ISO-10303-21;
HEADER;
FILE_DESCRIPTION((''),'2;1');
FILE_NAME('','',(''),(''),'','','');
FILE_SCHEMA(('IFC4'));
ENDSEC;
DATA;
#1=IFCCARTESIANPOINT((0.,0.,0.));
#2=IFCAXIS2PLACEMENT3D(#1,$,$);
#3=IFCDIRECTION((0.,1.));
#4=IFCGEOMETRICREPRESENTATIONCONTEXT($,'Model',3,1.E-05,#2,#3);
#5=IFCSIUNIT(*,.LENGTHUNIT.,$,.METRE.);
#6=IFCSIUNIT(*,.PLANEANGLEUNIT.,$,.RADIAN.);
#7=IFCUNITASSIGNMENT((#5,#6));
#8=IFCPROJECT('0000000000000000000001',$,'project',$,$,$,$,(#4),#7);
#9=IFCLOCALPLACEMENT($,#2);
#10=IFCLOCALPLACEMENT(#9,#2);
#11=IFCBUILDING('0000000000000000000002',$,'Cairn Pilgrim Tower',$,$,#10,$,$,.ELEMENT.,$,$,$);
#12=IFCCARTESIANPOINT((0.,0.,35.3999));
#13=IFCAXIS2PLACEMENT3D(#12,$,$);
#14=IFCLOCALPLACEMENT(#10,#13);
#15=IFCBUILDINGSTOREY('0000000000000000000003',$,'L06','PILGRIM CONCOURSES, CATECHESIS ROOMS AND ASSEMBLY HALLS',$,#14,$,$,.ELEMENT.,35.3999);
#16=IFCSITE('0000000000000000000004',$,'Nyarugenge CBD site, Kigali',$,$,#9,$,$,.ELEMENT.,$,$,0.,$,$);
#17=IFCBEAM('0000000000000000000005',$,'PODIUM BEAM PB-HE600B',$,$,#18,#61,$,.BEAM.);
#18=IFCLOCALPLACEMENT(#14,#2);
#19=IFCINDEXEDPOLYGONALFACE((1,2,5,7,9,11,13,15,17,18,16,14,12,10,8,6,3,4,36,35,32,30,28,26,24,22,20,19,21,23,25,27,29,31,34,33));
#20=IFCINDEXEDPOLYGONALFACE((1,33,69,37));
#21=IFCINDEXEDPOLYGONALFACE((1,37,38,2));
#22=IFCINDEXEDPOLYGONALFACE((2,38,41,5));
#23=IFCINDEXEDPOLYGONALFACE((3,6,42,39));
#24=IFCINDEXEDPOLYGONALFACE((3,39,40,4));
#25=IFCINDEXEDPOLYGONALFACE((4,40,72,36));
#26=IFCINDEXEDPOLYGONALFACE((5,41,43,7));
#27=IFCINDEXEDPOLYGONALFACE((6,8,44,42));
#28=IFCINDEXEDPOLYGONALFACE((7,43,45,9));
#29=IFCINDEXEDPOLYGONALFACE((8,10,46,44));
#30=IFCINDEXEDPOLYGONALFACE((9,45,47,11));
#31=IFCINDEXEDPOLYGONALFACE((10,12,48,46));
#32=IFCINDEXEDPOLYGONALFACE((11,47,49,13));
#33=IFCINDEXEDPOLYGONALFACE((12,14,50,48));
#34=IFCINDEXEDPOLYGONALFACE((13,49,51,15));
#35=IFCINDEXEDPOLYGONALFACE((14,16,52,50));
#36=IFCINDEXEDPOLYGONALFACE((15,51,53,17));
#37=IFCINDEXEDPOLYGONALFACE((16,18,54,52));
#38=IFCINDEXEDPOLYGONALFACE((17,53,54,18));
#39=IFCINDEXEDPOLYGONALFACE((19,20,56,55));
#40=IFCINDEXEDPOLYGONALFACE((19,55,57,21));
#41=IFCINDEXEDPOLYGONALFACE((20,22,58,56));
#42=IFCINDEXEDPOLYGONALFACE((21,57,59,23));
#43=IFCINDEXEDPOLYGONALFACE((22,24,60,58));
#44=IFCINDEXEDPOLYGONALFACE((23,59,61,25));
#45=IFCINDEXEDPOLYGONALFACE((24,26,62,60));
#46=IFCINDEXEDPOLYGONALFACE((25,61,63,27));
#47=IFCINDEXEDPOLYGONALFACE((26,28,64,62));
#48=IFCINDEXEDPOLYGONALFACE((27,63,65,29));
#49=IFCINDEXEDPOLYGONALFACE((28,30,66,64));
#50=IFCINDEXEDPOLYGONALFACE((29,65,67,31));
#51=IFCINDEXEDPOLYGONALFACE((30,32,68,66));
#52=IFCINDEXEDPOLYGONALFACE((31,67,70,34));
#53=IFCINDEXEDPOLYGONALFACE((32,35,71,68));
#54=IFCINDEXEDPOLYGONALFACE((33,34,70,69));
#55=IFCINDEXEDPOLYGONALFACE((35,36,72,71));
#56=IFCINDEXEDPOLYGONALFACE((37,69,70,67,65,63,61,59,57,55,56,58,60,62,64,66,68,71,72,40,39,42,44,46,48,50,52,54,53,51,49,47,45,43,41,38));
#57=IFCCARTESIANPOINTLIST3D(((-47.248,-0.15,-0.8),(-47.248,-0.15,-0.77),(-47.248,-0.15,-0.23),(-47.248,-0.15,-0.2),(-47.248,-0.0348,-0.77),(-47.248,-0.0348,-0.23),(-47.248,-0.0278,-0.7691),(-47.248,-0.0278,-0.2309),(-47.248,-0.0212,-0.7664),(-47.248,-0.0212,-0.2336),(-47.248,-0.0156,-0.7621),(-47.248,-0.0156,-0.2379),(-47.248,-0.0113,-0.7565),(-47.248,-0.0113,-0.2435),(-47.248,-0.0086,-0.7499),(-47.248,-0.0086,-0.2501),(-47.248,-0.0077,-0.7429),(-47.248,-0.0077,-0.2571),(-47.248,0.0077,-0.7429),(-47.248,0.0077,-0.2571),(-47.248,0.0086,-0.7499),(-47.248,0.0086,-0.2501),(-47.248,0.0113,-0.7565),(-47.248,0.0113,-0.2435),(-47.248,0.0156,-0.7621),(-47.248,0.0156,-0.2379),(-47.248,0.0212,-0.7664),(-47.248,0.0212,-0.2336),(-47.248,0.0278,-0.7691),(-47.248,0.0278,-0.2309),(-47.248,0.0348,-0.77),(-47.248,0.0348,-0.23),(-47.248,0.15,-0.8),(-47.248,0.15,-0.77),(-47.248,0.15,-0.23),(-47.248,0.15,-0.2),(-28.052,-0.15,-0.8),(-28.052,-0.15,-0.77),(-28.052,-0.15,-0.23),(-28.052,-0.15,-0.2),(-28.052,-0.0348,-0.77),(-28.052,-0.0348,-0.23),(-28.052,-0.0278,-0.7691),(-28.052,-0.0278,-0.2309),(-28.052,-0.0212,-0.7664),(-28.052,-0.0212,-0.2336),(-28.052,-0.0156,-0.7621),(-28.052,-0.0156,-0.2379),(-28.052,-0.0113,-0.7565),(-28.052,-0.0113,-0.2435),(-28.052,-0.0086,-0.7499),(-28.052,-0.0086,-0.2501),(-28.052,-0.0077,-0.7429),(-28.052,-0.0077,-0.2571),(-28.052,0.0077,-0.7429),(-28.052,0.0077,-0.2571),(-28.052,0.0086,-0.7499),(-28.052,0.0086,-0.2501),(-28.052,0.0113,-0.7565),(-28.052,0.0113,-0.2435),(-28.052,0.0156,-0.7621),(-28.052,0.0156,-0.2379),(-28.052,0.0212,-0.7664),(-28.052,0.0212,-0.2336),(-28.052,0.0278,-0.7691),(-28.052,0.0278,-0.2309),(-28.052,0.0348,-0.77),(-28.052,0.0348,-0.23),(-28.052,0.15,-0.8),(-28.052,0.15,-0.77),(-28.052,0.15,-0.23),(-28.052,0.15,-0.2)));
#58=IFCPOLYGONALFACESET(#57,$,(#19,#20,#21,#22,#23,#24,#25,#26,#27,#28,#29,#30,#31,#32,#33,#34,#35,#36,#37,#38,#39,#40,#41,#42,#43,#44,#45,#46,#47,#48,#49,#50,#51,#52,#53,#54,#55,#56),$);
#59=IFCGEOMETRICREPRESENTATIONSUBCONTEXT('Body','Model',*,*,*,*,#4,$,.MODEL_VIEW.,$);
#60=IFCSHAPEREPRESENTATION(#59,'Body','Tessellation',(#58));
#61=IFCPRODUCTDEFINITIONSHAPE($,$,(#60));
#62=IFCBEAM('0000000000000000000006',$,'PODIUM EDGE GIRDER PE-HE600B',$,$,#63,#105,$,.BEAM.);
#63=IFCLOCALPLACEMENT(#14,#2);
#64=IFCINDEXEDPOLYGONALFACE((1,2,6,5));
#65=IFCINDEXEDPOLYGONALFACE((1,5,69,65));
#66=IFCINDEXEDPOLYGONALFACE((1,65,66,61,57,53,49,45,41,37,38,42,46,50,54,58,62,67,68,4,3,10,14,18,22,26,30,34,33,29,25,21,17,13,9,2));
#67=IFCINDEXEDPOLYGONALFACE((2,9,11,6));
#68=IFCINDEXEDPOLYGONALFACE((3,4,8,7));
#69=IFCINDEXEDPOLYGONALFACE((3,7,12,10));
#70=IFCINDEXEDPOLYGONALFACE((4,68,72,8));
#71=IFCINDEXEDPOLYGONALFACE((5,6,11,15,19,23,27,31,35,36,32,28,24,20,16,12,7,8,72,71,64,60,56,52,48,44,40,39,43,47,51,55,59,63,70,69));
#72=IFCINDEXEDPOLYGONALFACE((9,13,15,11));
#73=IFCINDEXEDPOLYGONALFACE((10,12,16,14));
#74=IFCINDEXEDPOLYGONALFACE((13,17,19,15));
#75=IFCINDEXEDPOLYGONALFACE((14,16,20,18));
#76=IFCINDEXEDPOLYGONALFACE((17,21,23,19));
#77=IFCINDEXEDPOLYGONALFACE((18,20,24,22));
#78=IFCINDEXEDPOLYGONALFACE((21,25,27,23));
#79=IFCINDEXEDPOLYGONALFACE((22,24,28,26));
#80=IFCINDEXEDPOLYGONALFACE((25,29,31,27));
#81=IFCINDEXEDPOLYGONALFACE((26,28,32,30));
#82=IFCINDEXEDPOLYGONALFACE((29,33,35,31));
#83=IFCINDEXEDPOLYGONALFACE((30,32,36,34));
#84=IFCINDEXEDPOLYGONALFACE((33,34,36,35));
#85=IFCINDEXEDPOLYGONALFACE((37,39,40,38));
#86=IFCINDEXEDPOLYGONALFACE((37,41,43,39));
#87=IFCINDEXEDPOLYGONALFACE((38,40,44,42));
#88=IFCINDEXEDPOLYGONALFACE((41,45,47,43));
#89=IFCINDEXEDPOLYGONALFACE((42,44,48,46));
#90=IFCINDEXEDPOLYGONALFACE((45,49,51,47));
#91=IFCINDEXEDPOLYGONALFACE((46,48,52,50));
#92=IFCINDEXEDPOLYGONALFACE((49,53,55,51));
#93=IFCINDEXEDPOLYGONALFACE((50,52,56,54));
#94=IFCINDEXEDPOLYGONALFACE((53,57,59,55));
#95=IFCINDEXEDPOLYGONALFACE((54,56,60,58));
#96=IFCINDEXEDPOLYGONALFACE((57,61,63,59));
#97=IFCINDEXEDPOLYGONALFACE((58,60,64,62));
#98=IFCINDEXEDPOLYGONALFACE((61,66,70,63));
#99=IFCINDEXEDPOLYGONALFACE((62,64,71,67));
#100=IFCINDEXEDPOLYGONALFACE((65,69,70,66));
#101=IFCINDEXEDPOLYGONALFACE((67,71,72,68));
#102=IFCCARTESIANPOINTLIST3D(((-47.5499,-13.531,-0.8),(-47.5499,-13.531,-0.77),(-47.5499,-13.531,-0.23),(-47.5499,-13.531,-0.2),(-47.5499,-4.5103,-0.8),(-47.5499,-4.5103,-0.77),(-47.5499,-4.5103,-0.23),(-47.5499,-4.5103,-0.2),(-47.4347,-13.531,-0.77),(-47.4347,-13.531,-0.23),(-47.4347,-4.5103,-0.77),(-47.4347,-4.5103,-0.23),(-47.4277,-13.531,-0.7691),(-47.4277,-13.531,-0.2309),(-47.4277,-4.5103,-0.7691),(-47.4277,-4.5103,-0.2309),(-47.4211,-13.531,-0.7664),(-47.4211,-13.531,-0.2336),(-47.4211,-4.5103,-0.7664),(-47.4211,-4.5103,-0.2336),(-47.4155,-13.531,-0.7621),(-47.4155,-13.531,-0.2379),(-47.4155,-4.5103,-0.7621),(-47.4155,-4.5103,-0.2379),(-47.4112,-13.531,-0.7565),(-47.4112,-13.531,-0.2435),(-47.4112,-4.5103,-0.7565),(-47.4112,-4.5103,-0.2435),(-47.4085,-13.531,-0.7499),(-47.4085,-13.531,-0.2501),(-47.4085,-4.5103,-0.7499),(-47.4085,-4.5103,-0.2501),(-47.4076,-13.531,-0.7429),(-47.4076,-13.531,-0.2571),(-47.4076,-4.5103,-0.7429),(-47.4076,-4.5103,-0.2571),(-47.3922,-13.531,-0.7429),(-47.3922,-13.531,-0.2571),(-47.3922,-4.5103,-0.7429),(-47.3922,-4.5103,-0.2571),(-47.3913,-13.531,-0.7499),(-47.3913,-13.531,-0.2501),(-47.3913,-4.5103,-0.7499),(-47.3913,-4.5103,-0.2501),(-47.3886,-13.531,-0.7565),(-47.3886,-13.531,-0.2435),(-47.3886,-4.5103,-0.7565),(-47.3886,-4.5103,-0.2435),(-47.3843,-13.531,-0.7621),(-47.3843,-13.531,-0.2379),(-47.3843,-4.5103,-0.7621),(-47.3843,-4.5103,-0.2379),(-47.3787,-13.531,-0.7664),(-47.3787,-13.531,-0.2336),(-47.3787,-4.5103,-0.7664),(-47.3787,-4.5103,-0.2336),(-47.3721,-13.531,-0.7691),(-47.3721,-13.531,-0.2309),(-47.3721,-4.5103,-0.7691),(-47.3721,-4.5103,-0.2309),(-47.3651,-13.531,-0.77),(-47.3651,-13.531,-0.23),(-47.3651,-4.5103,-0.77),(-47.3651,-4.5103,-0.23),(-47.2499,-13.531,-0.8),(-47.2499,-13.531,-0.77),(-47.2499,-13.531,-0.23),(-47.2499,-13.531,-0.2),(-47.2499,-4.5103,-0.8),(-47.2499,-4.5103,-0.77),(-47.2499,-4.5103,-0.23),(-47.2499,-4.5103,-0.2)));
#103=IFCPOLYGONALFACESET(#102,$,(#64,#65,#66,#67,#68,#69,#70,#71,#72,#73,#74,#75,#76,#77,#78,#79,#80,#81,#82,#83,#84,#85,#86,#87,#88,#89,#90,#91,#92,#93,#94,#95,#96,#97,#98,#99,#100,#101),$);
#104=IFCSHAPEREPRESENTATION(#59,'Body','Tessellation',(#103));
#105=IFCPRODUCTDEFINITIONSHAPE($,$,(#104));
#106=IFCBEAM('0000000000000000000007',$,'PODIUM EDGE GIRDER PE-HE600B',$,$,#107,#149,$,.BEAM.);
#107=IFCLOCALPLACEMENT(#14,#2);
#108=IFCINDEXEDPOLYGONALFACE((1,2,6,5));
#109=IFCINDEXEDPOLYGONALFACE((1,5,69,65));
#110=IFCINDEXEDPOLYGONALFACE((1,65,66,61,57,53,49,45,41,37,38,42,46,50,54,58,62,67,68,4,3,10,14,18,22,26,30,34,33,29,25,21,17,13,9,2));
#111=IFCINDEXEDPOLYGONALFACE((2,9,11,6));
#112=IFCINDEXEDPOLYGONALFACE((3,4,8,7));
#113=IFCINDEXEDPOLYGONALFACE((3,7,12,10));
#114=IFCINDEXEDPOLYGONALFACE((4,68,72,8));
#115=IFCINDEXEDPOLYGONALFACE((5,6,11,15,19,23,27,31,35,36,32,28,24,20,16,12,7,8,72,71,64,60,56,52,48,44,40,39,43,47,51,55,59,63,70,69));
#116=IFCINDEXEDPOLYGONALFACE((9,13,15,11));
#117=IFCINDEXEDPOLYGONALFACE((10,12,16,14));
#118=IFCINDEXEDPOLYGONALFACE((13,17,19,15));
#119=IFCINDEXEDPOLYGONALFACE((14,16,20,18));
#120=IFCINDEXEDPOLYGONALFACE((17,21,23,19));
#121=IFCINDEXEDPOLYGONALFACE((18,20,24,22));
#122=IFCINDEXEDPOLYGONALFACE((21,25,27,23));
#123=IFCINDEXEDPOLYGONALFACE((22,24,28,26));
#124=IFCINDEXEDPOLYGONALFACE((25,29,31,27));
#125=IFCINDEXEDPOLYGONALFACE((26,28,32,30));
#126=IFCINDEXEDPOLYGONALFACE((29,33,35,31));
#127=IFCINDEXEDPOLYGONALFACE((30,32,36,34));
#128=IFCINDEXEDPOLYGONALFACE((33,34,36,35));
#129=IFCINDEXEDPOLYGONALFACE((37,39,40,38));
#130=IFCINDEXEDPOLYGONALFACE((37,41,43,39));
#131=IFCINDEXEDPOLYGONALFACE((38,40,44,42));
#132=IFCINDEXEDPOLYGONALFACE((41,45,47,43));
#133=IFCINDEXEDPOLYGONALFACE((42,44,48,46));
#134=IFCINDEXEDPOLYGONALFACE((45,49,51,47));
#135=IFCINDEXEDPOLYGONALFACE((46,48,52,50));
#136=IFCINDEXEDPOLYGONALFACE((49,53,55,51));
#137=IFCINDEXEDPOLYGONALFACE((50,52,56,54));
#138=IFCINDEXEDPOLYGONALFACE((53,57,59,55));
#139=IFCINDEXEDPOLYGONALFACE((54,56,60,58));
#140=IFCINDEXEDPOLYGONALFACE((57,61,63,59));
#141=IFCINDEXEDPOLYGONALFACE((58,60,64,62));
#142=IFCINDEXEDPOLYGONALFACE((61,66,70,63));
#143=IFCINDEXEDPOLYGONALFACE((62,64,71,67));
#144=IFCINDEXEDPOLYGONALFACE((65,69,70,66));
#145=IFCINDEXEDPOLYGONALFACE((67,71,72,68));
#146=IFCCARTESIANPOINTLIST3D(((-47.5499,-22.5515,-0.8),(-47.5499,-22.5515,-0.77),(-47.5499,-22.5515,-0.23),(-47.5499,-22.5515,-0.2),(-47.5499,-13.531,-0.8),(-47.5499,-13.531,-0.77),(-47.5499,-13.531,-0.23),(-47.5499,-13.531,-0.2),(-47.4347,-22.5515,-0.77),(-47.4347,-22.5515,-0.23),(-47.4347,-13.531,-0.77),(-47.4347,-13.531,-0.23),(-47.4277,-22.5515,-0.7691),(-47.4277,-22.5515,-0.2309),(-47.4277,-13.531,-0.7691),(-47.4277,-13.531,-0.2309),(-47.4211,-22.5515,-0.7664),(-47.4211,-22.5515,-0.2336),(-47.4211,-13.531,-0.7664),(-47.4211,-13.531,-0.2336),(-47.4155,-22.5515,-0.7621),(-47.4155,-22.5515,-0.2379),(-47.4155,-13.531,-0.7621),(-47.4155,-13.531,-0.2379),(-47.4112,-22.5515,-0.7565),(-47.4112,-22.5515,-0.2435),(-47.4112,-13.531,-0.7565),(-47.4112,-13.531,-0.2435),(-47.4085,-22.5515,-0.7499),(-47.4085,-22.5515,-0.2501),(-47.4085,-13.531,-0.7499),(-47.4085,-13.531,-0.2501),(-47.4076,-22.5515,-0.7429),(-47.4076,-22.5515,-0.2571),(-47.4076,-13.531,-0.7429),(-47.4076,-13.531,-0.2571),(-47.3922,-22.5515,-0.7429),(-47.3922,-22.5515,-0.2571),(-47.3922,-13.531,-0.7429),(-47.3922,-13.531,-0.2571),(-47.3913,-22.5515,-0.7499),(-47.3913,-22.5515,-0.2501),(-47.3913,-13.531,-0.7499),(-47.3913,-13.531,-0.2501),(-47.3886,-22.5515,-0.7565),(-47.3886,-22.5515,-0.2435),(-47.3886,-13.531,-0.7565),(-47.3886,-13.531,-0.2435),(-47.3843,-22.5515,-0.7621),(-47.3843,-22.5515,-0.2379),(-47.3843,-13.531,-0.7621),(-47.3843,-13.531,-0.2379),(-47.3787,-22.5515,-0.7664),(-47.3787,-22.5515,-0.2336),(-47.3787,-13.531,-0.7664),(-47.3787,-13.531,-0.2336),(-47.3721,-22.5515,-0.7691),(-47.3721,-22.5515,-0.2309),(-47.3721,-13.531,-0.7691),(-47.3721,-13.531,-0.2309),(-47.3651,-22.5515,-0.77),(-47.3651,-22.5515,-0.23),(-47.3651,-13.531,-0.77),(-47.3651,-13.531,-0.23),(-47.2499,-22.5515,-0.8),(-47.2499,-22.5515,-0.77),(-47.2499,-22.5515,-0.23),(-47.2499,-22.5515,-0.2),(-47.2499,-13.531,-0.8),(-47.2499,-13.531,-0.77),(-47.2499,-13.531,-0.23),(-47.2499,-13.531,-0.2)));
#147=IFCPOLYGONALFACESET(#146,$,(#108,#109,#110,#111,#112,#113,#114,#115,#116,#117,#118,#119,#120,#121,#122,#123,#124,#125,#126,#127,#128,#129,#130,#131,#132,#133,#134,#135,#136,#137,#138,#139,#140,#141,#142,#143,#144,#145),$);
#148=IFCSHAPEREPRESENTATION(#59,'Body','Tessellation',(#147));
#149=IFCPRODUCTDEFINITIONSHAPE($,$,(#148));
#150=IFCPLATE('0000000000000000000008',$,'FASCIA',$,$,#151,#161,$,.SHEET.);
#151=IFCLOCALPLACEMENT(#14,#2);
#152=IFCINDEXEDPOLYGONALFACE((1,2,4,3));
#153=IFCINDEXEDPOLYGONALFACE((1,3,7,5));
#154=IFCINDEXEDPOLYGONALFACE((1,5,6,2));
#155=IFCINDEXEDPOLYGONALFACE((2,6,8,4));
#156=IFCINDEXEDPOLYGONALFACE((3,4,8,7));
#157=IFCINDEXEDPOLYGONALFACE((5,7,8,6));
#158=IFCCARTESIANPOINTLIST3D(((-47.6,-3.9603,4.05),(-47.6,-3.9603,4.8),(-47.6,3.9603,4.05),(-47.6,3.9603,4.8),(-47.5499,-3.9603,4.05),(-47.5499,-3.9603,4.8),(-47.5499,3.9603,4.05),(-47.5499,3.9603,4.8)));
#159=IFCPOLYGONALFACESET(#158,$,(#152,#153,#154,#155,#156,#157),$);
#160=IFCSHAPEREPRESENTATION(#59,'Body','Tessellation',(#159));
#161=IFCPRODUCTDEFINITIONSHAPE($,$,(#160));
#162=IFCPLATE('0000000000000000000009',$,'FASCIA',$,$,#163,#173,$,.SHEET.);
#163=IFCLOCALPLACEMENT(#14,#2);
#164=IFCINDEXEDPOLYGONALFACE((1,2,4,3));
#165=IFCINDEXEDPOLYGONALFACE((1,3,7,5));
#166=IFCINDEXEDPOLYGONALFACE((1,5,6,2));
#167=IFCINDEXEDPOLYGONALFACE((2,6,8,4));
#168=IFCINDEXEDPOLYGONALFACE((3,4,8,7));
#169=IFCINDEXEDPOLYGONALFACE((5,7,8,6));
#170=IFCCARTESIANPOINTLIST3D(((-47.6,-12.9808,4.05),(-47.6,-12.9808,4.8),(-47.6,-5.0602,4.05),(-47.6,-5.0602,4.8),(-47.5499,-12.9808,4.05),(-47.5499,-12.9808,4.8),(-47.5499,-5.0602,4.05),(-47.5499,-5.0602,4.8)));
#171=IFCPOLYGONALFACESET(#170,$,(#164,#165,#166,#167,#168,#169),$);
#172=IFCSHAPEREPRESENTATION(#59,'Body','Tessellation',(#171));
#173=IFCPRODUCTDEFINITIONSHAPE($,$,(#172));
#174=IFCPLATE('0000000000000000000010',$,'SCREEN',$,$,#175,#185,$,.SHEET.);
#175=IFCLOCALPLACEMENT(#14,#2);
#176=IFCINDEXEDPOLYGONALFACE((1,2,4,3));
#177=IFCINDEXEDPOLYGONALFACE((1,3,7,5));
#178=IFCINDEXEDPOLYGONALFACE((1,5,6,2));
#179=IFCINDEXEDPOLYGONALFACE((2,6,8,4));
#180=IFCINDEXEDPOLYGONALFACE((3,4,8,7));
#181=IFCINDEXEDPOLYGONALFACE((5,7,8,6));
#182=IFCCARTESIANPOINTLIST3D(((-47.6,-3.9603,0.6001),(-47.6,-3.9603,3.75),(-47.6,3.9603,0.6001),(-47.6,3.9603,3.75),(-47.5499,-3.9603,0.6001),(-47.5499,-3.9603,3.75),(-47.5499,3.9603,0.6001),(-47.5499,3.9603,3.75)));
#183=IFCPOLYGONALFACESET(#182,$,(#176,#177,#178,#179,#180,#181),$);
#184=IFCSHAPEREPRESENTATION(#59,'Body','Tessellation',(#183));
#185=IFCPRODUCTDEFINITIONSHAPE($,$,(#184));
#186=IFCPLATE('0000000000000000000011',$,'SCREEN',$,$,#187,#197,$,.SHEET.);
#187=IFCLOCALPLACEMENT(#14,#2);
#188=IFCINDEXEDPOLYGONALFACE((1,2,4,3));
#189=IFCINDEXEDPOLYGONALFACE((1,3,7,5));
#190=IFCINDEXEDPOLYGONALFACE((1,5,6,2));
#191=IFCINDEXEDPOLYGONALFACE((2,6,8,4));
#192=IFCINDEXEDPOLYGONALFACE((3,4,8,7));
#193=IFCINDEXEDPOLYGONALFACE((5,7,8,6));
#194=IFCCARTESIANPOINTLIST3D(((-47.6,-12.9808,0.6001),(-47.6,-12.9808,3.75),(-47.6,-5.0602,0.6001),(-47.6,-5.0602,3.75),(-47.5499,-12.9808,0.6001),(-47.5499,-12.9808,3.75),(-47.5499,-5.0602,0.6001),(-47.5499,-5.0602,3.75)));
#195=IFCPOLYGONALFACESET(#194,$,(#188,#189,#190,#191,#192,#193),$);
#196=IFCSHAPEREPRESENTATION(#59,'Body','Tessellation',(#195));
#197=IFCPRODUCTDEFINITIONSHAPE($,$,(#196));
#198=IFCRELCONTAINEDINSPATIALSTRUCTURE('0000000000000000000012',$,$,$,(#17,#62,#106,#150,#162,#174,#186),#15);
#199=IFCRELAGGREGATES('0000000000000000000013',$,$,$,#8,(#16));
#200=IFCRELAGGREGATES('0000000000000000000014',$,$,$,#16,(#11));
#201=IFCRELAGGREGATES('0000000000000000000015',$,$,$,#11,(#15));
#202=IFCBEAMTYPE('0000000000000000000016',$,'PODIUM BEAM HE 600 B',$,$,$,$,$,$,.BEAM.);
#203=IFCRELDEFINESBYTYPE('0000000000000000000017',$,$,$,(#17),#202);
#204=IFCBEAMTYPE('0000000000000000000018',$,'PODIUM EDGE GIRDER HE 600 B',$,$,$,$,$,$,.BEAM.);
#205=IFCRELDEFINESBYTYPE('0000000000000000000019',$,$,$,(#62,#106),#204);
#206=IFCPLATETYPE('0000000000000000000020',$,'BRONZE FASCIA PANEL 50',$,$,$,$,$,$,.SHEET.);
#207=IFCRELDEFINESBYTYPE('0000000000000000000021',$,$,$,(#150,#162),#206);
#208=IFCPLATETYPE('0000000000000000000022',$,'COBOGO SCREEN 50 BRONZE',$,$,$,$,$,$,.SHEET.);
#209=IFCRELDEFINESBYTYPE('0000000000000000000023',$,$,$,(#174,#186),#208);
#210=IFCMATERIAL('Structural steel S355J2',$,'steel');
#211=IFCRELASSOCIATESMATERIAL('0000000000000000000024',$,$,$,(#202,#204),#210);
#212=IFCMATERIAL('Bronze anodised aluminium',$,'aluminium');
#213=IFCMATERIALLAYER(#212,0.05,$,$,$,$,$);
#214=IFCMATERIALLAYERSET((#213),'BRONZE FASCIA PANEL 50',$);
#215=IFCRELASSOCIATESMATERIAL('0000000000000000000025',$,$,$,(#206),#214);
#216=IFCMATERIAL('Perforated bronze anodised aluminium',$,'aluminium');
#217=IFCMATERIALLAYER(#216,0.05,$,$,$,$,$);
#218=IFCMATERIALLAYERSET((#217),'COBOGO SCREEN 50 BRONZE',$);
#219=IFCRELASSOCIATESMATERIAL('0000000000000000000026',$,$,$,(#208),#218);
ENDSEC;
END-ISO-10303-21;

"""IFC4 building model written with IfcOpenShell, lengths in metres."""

from ifc_helpers import new_model, si_unit, direction, frame, origin, origin_2d, place, context, subcontext, project, spatial, rectangle, i_section, extrude, material, layer, layer_set, material_profile, profile_set, type_object, element, save


model = new_model("IFC4")

# Units and contexts
model_context = context("Model", 3, precision=1e-05, world=origin(), true_north=direction((0.0, 1.0)))
body_context = subcontext(model_context, "Body", "Model", "MODEL_VIEW")
ifc_project = project(units=[si_unit("LENGTHUNIT", "METRE"), si_unit("PLANEANGLEUNIT", "RADIAN")], contexts=[model_context])

# Site, building, storey
site_placement = place(None, origin())
site = spatial("IfcSite", under=ifc_project, at=site_placement, Name="Nyarugenge CBD site, Kigali", CompositionType="ELEMENT", RefElevation=0.0)
building_placement = place(site_placement, origin())
building = spatial("IfcBuilding", under=site, at=building_placement, Name="Cairn Pilgrim Tower", CompositionType="ELEMENT")
storey_placement = place(building_placement, frame((0.0, 0.0, 35.3999)))
storey = spatial("IfcBuildingStorey", under=building, at=storey_placement, Name="L06", Description="PILGRIM CONCOURSES, CATECHESIS ROOMS AND ASSEMBLY HALLS", CompositionType="ELEMENT", Elevation=35.3999)

# Beams
ifc_material_1 = material(Name="Structural steel S355J2", Category="steel")
ifc_material_profile_1 = material_profile(ifc_material_1, i_section(OverallWidth=0.3, OverallDepth=0.6001, WebThickness=0.0154, FlangeThickness=0.03, FilletRadius=0.0271, at=origin_2d()), Name="HEB 600")
ifc_profile_set_1 = profile_set([ifc_material_profile_1], Name="Structural steel S355J2")
beam_type_1 = type_object("IfcBeamType", Name="PODIUM BEAM HE 600 B", PredefinedType="BEAM", material=ifc_profile_set_1)
beam_1_placement = place(storey_placement, frame((-47.248, 0.0, -0.5), z_axis=(1.0, 0.0, 0.0), x_axis=(0.0, 1.0, 0.0)))
element("IfcBeam", 1, at=beam_1_placement, inside=storey, type_object=beam_type_1, Name="PODIUM BEAM PB-HE600B", PredefinedType="BEAM", context=body_context, shape_type="SweptSolid", body=[
    extrude(i_section(OverallWidth=0.3, OverallDepth=0.6001, WebThickness=0.0154, FlangeThickness=0.03, FilletRadius=0.0271, at=origin_2d()), origin(), (0.0, 0.0, 1.0), 19.196),
])
ifc_material_profile_2 = material_profile(ifc_material_1, i_section(OverallWidth=0.3, OverallDepth=0.6001, WebThickness=0.0154, FlangeThickness=0.03, FilletRadius=0.0271, at=origin_2d()), Name="HEB 600")
ifc_profile_set_2 = profile_set([ifc_material_profile_2], Name="Structural steel S355J2")
beam_type_2 = type_object("IfcBeamType", Name="PODIUM EDGE GIRDER HE 600 B", PredefinedType="BEAM", material=ifc_profile_set_2)
beam_2_placement = place(storey_placement, frame((-47.3999, -4.5103, -0.5), z_axis=(0.0, -1.0, 0.0), x_axis=(1.0, 0.0, 0.0)))
element("IfcBeam", 2, at=beam_2_placement, inside=storey, type_object=beam_type_2, Name="PODIUM EDGE GIRDER PE-HE600B", PredefinedType="BEAM", context=body_context, shape_type="SweptSolid", body=[
    extrude(i_section(OverallWidth=0.3, OverallDepth=0.6001, WebThickness=0.0154, FlangeThickness=0.03, FilletRadius=0.0271, at=origin_2d()), origin(), (0.0, 0.0, 1.0), 9.0208),
])
beam_3_placement = place(storey_placement, frame((-47.3999, -13.531, -0.5), z_axis=(0.0, -1.0, 0.0), x_axis=(1.0, 0.0, 0.0)))
element("IfcBeam", 3, at=beam_3_placement, inside=storey, type_object=beam_type_2, Name="PODIUM EDGE GIRDER PE-HE600B", PredefinedType="BEAM", context=body_context, shape_type="SweptSolid", body=[
    extrude(i_section(OverallWidth=0.3, OverallDepth=0.6001, WebThickness=0.0154, FlangeThickness=0.03, FilletRadius=0.0271, at=origin_2d()), origin(), (0.0, 0.0, 1.0), 9.0205),
])

# Plates
ifc_material_2 = material(Name="Bronze anodised aluminium", Category="aluminium")
ifc_layer_1 = layer(ifc_material_2, 0.05)
ifc_layer_set_1 = layer_set([ifc_layer_1], Name="BRONZE FASCIA PANEL 50")
plate_type_1 = type_object("IfcPlateType", Name="BRONZE FASCIA PANEL 50", PredefinedType="SHEET", material=ifc_layer_set_1)
for number, where, z_axis, x_axis, name in (
    (4, (-47.575, 0.0, 4.05), (0.0, 0.0, 1.0), (0.0, -1.0, 0.0), "FASCIA"),
    (5, (-47.575, -9.0205, 4.05), (0.0, 0.0, 1.0), (0.0, -1.0, 0.0), "FASCIA"),
):
    element("IfcPlate", number, at=place(storey_placement, frame(where, z_axis=z_axis, x_axis=x_axis)), inside=storey, type_object=plate_type_1, Name=name, PredefinedType="SHEET", context=body_context, shape_type="SweptSolid", body=[
        extrude(rectangle(XDim=7.9207, YDim=0.05, at=origin_2d()), origin(), (0.0, 0.0, 1.0), 0.75),
    ])
ifc_material_3 = material(Name="Perforated bronze anodised aluminium", Category="aluminium")
ifc_layer_2 = layer(ifc_material_3, 0.05)
ifc_layer_set_2 = layer_set([ifc_layer_2], Name="COBOGO SCREEN 50 BRONZE")
plate_type_2 = type_object("IfcPlateType", Name="COBOGO SCREEN 50 BRONZE", PredefinedType="SHEET", material=ifc_layer_set_2)
for number, where, z_axis, x_axis, name in (
    (6, (-47.575, 0.0, 0.6001), (0.0, 0.0, 1.0), (0.0, -1.0, 0.0), "SCREEN"),
    (7, (-47.575, -9.0205, 0.6001), (0.0, 0.0, 1.0), (0.0, -1.0, 0.0), "SCREEN"),
):
    element("IfcPlate", number, at=place(storey_placement, frame(where, z_axis=z_axis, x_axis=x_axis)), inside=storey, type_object=plate_type_2, Name=name, PredefinedType="SHEET", context=body_context, shape_type="SweptSolid", body=[
        extrude(rectangle(XDim=7.9207, YDim=0.05, at=origin_2d()), origin(), (0.0, 0.0, 1.0), 3.1499),
    ])

save(model, "model.ifc")
